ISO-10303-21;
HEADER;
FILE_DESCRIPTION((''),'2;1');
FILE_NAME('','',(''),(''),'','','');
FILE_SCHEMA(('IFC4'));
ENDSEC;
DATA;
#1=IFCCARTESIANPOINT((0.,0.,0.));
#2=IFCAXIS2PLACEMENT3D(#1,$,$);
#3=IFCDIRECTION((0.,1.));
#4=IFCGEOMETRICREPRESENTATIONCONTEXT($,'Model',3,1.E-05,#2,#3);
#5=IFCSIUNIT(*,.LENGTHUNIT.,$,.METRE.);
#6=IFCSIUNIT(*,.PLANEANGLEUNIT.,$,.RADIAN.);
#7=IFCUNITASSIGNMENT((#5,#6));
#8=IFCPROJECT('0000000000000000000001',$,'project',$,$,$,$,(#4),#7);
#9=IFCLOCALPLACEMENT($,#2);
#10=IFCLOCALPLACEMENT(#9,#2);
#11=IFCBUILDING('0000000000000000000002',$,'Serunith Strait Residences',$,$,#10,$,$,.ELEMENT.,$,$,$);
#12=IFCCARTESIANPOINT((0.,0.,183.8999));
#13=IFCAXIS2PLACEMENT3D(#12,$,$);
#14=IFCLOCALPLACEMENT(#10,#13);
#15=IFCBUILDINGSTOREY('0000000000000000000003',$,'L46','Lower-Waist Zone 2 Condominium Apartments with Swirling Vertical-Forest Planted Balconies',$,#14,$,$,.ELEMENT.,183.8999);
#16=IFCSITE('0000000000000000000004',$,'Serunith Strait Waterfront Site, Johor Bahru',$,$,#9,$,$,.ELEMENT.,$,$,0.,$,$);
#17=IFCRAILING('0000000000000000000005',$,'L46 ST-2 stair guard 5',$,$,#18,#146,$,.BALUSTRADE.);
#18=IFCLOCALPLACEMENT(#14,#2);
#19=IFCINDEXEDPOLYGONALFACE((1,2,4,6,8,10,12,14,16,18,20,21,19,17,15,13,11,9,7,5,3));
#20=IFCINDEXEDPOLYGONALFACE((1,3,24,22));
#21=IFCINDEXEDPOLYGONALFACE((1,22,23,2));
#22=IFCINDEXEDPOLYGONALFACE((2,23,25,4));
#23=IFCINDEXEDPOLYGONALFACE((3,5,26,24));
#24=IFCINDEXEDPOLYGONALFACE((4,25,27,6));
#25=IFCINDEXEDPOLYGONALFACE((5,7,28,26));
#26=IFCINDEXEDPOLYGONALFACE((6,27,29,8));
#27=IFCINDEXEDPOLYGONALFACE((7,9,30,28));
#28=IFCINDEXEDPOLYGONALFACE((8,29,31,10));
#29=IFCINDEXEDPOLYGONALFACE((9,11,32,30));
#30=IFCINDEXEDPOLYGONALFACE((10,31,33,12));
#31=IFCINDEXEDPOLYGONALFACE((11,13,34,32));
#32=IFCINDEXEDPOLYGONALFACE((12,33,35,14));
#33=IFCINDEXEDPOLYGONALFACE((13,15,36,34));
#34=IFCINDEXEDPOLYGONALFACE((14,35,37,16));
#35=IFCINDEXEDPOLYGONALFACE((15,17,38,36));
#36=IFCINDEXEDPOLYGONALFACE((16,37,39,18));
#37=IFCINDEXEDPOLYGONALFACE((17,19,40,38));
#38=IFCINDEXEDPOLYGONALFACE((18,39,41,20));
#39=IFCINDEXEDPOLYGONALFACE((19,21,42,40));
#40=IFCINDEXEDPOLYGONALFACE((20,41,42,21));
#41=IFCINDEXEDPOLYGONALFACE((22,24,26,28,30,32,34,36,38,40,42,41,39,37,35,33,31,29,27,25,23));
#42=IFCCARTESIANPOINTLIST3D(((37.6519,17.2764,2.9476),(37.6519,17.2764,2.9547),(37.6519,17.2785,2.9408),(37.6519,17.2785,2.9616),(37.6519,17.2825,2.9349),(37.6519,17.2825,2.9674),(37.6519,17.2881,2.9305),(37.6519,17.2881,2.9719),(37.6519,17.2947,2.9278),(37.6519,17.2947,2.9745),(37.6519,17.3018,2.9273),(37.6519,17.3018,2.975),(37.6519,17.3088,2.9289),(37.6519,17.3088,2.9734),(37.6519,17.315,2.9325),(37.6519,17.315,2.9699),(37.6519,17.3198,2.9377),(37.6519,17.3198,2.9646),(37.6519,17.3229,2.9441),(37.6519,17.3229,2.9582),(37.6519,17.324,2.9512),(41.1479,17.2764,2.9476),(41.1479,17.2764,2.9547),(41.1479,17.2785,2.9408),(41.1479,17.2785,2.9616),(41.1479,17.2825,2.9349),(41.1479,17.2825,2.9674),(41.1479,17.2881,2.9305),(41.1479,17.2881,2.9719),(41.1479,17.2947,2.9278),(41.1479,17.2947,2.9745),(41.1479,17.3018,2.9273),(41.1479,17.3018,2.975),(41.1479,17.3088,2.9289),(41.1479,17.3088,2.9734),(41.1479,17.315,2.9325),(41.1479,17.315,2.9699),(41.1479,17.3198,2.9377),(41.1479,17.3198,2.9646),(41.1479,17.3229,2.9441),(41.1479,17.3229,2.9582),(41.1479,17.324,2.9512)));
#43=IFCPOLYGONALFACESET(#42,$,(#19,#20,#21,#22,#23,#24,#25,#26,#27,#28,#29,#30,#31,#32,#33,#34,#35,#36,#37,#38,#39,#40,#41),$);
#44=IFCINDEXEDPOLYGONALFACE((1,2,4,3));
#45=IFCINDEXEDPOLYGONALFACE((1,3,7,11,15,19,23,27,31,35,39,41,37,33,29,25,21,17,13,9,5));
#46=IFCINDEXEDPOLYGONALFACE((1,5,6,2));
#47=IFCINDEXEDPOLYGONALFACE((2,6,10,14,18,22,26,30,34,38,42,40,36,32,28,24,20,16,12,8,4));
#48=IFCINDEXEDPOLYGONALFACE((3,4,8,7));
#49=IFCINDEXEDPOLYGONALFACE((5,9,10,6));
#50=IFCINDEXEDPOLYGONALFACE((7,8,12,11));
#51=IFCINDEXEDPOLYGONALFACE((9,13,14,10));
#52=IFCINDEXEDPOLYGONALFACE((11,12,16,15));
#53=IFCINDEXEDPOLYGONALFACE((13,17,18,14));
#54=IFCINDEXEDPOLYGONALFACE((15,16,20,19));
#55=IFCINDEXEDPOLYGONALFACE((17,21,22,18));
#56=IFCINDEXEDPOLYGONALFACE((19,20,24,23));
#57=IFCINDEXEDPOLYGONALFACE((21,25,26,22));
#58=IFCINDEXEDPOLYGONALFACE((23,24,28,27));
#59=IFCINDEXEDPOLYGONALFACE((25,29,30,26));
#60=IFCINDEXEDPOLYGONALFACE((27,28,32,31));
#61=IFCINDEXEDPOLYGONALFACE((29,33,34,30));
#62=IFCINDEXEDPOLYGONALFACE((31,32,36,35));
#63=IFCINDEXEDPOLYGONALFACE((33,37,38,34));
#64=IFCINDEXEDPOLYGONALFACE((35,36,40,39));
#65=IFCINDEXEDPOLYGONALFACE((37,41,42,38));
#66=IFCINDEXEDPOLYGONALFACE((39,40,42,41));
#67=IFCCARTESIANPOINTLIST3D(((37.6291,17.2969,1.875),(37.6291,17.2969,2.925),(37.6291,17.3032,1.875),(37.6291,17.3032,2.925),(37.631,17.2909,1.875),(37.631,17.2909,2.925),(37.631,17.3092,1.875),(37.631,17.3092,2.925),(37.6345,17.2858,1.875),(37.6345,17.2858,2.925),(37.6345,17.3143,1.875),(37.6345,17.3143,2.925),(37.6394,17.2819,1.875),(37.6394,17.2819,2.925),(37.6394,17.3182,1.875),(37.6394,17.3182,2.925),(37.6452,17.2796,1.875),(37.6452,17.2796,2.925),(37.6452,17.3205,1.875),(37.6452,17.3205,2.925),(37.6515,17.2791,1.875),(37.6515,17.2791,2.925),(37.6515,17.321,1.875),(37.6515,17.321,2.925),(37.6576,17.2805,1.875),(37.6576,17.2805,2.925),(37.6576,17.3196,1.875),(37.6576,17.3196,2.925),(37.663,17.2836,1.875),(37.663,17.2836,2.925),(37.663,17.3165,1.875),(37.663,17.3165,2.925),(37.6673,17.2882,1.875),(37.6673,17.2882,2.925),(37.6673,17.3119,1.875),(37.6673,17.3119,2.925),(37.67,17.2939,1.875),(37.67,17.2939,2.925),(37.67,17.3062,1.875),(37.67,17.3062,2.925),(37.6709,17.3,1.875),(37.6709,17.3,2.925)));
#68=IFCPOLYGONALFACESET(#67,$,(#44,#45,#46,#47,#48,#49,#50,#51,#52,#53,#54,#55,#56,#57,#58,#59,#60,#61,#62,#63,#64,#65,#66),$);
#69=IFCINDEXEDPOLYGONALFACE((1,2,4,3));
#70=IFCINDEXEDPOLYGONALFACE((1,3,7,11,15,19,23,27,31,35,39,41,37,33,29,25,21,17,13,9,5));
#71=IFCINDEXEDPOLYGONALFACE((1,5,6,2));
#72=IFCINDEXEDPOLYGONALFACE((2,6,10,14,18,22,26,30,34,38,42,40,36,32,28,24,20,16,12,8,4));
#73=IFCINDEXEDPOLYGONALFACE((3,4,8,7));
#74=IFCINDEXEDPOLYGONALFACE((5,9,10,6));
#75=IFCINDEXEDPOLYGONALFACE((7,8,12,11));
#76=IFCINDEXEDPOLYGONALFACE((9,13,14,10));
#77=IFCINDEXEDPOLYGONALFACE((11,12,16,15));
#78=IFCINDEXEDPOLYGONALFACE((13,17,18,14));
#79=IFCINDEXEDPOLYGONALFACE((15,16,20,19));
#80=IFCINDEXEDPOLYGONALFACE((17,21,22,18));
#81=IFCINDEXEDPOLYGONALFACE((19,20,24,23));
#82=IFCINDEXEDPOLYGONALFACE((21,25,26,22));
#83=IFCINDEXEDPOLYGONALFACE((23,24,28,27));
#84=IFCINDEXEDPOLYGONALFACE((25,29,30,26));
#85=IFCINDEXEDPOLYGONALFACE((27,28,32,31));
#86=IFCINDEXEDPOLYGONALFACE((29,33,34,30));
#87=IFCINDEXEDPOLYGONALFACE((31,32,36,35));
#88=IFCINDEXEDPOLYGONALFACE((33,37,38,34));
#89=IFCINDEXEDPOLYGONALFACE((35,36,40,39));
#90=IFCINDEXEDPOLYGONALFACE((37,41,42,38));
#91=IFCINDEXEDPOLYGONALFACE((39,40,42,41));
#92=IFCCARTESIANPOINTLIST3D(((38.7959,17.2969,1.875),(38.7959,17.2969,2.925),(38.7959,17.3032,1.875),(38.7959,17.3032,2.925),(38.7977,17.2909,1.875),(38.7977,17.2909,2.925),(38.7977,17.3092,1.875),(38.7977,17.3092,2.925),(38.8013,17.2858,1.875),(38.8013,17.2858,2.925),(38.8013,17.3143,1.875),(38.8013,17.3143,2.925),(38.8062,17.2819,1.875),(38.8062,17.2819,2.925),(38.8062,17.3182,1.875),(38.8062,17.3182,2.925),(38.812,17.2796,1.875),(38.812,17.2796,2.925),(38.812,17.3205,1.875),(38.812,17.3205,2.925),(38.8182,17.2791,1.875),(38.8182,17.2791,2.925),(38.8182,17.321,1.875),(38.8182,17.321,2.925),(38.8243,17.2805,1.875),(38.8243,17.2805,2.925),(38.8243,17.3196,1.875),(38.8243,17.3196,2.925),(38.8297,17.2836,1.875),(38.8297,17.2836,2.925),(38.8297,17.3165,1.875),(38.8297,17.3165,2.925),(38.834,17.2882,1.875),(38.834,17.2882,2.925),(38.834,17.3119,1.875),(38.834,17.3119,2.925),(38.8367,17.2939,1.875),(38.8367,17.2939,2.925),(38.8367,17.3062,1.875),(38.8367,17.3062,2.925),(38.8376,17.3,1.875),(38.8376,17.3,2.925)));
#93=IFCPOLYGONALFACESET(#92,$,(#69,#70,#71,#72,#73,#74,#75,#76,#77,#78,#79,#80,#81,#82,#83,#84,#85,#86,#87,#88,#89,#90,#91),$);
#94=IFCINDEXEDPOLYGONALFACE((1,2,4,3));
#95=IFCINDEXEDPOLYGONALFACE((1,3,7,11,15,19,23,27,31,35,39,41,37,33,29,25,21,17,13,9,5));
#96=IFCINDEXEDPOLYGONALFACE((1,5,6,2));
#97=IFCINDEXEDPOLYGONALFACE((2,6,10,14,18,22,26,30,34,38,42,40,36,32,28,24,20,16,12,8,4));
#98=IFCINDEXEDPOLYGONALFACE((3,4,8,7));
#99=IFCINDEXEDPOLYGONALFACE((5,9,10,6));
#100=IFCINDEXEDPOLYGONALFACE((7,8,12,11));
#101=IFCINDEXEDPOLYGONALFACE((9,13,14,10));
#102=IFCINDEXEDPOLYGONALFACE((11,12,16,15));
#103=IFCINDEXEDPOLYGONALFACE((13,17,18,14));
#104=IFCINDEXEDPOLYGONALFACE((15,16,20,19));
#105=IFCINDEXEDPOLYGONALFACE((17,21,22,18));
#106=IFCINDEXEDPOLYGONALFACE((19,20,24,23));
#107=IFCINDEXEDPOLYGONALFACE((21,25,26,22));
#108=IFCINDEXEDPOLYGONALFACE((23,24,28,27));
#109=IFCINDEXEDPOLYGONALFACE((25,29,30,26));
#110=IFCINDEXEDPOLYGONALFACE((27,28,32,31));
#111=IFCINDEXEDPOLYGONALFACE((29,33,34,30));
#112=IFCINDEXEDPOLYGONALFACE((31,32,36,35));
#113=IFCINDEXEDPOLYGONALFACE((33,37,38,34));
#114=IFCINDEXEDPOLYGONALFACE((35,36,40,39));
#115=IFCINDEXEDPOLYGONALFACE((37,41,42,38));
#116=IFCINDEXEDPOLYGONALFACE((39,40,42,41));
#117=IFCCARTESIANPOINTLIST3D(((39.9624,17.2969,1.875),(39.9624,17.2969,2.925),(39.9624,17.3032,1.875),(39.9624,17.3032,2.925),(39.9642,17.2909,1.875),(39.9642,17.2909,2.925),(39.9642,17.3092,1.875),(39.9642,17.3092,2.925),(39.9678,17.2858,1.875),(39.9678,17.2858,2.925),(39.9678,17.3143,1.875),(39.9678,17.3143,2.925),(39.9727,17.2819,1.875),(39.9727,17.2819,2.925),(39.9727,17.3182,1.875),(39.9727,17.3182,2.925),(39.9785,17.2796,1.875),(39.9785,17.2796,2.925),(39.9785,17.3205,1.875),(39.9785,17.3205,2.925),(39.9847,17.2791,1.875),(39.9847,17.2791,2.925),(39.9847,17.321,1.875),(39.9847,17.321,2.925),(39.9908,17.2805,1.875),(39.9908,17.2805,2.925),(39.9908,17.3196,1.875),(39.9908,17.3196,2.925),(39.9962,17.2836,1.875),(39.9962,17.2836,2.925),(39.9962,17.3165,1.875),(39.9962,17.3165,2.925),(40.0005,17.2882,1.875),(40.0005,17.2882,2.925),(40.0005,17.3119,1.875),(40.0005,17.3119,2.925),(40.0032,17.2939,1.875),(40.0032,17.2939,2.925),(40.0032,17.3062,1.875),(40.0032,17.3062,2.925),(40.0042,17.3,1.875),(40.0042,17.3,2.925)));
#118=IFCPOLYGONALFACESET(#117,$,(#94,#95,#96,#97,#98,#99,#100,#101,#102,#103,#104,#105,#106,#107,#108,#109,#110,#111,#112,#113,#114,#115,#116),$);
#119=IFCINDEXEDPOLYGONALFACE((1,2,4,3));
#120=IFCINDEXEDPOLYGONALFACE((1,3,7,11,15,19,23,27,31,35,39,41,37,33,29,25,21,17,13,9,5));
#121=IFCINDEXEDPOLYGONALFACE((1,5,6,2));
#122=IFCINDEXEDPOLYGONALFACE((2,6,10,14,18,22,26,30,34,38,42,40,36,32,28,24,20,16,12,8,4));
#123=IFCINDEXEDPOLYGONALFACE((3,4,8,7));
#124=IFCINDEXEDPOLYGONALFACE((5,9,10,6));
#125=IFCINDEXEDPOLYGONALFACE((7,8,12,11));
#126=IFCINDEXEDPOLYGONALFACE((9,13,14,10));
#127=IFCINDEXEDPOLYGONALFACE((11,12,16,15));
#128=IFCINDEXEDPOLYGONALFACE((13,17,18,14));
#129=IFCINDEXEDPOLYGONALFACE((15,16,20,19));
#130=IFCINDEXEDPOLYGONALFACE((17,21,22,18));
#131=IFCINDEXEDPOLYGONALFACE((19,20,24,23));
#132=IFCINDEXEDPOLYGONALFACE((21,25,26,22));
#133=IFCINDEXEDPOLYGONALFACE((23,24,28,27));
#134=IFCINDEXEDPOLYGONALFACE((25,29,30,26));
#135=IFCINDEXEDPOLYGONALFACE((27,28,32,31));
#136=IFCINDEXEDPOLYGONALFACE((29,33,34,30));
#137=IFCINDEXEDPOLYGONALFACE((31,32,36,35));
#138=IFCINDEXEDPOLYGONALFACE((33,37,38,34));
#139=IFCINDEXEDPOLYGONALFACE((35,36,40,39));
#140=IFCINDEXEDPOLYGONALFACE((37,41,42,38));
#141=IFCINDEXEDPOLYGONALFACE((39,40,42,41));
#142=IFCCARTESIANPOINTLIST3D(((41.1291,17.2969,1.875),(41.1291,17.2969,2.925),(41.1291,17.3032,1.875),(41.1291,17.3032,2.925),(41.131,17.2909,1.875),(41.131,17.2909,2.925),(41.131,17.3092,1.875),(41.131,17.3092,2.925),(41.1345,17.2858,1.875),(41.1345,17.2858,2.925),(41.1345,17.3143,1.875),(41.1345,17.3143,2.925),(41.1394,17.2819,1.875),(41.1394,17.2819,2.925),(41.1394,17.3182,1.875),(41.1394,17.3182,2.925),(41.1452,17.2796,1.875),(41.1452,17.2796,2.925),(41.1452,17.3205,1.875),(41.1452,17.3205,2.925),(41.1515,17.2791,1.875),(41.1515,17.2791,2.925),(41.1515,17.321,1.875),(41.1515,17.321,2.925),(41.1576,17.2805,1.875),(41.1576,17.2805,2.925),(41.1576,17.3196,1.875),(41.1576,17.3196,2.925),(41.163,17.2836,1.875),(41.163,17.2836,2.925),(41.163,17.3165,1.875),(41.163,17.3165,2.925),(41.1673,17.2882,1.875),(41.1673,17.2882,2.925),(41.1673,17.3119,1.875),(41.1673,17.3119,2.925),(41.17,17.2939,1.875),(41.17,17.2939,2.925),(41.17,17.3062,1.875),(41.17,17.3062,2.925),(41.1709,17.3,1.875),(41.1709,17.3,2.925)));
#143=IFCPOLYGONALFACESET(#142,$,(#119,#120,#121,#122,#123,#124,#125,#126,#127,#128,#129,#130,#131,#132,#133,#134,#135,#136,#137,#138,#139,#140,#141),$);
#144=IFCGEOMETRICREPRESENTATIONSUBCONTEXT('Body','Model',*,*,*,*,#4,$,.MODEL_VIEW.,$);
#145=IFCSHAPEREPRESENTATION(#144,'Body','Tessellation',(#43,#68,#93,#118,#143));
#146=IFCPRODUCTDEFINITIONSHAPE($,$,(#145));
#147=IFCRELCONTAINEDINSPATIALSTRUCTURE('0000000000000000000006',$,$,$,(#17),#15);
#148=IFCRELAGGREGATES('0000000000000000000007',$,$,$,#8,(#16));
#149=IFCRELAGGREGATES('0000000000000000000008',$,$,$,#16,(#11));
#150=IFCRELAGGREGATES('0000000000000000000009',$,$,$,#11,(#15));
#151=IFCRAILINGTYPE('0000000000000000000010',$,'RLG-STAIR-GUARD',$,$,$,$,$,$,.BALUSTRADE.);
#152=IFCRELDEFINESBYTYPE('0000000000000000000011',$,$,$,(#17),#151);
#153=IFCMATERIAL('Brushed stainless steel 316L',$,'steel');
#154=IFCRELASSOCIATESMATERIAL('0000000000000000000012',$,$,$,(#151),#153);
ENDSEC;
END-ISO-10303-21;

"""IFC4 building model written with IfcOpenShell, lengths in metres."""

from ifc_helpers import new_model, si_unit, direction, frame, origin, origin_2d, place, context, subcontext, project, spatial, circle, extrude, material, type_object, element, save


model = new_model("IFC4")

# Units and contexts
model_context = context("Model", 3, precision=1e-05, world=origin(), true_north=direction((0.0, 1.0)))
body_context = subcontext(model_context, "Body", "Model", "MODEL_VIEW")
ifc_project = project(units=[si_unit("LENGTHUNIT", "METRE"), si_unit("PLANEANGLEUNIT", "RADIAN")], contexts=[model_context])

# Site, building, storey
site_placement = place(None, origin())
site = spatial("IfcSite", under=ifc_project, at=site_placement, Name="Serunith Strait Waterfront Site, Johor Bahru", CompositionType="ELEMENT", RefElevation=0.0)
building_placement = place(site_placement, origin())
building = spatial("IfcBuilding", under=site, at=building_placement, Name="Serunith Strait Residences", CompositionType="ELEMENT")
storey_placement = place(building_placement, frame((0.0, 0.0, 183.8999)))
storey = spatial("IfcBuildingStorey", under=building, at=storey_placement, Name="L46", Description="Lower-Waist Zone 2 Condominium Apartments with Swirling Vertical-Forest Planted Balconies", CompositionType="ELEMENT", Elevation=183.8999)

# Railing
ifc_material_1 = material(Name="Brushed stainless steel 316L", Category="steel")
railing_type_1 = type_object("IfcRailingType", Name="RLG-STAIR-GUARD", PredefinedType="BALUSTRADE", material=ifc_material_1)
railing_1_placement = place(storey_placement, frame((37.6499, 17.3, 1.875)))
element("IfcRailing", 1, at=railing_1_placement, inside=storey, type_object=railing_type_1, Name="L46 ST-2 stair guard 5", PredefinedType="BALUSTRADE", context=body_context, shape_type="SweptSolid", body=[
    extrude(circle(Radius=0.0239, at=origin_2d()), frame((0.002, 0.0, 1.0762), z_axis=(1.0, 0.0, 0.0), x_axis=(0.0, 1.0, 0.0)), (0.0, 0.0, 1.0), 3.4961),
    extrude(circle(Radius=0.021, at=origin_2d()), origin(), (0.0, 0.0, 1.0), 1.05),
    extrude(circle(Radius=0.021, at=origin_2d()), frame((1.1667, 0.0, 0.0)), (0.0, 0.0, 1.0), 1.05),
    extrude(circle(Radius=0.021, at=origin_2d()), frame((2.3333, 0.0, 0.0)), (0.0, 0.0, 1.0), 1.05),
    extrude(circle(Radius=0.021, at=origin_2d()), frame((3.5, 0.0, 0.0)), (0.0, 0.0, 1.0), 1.05),
])

save(model, "model.ifc")
